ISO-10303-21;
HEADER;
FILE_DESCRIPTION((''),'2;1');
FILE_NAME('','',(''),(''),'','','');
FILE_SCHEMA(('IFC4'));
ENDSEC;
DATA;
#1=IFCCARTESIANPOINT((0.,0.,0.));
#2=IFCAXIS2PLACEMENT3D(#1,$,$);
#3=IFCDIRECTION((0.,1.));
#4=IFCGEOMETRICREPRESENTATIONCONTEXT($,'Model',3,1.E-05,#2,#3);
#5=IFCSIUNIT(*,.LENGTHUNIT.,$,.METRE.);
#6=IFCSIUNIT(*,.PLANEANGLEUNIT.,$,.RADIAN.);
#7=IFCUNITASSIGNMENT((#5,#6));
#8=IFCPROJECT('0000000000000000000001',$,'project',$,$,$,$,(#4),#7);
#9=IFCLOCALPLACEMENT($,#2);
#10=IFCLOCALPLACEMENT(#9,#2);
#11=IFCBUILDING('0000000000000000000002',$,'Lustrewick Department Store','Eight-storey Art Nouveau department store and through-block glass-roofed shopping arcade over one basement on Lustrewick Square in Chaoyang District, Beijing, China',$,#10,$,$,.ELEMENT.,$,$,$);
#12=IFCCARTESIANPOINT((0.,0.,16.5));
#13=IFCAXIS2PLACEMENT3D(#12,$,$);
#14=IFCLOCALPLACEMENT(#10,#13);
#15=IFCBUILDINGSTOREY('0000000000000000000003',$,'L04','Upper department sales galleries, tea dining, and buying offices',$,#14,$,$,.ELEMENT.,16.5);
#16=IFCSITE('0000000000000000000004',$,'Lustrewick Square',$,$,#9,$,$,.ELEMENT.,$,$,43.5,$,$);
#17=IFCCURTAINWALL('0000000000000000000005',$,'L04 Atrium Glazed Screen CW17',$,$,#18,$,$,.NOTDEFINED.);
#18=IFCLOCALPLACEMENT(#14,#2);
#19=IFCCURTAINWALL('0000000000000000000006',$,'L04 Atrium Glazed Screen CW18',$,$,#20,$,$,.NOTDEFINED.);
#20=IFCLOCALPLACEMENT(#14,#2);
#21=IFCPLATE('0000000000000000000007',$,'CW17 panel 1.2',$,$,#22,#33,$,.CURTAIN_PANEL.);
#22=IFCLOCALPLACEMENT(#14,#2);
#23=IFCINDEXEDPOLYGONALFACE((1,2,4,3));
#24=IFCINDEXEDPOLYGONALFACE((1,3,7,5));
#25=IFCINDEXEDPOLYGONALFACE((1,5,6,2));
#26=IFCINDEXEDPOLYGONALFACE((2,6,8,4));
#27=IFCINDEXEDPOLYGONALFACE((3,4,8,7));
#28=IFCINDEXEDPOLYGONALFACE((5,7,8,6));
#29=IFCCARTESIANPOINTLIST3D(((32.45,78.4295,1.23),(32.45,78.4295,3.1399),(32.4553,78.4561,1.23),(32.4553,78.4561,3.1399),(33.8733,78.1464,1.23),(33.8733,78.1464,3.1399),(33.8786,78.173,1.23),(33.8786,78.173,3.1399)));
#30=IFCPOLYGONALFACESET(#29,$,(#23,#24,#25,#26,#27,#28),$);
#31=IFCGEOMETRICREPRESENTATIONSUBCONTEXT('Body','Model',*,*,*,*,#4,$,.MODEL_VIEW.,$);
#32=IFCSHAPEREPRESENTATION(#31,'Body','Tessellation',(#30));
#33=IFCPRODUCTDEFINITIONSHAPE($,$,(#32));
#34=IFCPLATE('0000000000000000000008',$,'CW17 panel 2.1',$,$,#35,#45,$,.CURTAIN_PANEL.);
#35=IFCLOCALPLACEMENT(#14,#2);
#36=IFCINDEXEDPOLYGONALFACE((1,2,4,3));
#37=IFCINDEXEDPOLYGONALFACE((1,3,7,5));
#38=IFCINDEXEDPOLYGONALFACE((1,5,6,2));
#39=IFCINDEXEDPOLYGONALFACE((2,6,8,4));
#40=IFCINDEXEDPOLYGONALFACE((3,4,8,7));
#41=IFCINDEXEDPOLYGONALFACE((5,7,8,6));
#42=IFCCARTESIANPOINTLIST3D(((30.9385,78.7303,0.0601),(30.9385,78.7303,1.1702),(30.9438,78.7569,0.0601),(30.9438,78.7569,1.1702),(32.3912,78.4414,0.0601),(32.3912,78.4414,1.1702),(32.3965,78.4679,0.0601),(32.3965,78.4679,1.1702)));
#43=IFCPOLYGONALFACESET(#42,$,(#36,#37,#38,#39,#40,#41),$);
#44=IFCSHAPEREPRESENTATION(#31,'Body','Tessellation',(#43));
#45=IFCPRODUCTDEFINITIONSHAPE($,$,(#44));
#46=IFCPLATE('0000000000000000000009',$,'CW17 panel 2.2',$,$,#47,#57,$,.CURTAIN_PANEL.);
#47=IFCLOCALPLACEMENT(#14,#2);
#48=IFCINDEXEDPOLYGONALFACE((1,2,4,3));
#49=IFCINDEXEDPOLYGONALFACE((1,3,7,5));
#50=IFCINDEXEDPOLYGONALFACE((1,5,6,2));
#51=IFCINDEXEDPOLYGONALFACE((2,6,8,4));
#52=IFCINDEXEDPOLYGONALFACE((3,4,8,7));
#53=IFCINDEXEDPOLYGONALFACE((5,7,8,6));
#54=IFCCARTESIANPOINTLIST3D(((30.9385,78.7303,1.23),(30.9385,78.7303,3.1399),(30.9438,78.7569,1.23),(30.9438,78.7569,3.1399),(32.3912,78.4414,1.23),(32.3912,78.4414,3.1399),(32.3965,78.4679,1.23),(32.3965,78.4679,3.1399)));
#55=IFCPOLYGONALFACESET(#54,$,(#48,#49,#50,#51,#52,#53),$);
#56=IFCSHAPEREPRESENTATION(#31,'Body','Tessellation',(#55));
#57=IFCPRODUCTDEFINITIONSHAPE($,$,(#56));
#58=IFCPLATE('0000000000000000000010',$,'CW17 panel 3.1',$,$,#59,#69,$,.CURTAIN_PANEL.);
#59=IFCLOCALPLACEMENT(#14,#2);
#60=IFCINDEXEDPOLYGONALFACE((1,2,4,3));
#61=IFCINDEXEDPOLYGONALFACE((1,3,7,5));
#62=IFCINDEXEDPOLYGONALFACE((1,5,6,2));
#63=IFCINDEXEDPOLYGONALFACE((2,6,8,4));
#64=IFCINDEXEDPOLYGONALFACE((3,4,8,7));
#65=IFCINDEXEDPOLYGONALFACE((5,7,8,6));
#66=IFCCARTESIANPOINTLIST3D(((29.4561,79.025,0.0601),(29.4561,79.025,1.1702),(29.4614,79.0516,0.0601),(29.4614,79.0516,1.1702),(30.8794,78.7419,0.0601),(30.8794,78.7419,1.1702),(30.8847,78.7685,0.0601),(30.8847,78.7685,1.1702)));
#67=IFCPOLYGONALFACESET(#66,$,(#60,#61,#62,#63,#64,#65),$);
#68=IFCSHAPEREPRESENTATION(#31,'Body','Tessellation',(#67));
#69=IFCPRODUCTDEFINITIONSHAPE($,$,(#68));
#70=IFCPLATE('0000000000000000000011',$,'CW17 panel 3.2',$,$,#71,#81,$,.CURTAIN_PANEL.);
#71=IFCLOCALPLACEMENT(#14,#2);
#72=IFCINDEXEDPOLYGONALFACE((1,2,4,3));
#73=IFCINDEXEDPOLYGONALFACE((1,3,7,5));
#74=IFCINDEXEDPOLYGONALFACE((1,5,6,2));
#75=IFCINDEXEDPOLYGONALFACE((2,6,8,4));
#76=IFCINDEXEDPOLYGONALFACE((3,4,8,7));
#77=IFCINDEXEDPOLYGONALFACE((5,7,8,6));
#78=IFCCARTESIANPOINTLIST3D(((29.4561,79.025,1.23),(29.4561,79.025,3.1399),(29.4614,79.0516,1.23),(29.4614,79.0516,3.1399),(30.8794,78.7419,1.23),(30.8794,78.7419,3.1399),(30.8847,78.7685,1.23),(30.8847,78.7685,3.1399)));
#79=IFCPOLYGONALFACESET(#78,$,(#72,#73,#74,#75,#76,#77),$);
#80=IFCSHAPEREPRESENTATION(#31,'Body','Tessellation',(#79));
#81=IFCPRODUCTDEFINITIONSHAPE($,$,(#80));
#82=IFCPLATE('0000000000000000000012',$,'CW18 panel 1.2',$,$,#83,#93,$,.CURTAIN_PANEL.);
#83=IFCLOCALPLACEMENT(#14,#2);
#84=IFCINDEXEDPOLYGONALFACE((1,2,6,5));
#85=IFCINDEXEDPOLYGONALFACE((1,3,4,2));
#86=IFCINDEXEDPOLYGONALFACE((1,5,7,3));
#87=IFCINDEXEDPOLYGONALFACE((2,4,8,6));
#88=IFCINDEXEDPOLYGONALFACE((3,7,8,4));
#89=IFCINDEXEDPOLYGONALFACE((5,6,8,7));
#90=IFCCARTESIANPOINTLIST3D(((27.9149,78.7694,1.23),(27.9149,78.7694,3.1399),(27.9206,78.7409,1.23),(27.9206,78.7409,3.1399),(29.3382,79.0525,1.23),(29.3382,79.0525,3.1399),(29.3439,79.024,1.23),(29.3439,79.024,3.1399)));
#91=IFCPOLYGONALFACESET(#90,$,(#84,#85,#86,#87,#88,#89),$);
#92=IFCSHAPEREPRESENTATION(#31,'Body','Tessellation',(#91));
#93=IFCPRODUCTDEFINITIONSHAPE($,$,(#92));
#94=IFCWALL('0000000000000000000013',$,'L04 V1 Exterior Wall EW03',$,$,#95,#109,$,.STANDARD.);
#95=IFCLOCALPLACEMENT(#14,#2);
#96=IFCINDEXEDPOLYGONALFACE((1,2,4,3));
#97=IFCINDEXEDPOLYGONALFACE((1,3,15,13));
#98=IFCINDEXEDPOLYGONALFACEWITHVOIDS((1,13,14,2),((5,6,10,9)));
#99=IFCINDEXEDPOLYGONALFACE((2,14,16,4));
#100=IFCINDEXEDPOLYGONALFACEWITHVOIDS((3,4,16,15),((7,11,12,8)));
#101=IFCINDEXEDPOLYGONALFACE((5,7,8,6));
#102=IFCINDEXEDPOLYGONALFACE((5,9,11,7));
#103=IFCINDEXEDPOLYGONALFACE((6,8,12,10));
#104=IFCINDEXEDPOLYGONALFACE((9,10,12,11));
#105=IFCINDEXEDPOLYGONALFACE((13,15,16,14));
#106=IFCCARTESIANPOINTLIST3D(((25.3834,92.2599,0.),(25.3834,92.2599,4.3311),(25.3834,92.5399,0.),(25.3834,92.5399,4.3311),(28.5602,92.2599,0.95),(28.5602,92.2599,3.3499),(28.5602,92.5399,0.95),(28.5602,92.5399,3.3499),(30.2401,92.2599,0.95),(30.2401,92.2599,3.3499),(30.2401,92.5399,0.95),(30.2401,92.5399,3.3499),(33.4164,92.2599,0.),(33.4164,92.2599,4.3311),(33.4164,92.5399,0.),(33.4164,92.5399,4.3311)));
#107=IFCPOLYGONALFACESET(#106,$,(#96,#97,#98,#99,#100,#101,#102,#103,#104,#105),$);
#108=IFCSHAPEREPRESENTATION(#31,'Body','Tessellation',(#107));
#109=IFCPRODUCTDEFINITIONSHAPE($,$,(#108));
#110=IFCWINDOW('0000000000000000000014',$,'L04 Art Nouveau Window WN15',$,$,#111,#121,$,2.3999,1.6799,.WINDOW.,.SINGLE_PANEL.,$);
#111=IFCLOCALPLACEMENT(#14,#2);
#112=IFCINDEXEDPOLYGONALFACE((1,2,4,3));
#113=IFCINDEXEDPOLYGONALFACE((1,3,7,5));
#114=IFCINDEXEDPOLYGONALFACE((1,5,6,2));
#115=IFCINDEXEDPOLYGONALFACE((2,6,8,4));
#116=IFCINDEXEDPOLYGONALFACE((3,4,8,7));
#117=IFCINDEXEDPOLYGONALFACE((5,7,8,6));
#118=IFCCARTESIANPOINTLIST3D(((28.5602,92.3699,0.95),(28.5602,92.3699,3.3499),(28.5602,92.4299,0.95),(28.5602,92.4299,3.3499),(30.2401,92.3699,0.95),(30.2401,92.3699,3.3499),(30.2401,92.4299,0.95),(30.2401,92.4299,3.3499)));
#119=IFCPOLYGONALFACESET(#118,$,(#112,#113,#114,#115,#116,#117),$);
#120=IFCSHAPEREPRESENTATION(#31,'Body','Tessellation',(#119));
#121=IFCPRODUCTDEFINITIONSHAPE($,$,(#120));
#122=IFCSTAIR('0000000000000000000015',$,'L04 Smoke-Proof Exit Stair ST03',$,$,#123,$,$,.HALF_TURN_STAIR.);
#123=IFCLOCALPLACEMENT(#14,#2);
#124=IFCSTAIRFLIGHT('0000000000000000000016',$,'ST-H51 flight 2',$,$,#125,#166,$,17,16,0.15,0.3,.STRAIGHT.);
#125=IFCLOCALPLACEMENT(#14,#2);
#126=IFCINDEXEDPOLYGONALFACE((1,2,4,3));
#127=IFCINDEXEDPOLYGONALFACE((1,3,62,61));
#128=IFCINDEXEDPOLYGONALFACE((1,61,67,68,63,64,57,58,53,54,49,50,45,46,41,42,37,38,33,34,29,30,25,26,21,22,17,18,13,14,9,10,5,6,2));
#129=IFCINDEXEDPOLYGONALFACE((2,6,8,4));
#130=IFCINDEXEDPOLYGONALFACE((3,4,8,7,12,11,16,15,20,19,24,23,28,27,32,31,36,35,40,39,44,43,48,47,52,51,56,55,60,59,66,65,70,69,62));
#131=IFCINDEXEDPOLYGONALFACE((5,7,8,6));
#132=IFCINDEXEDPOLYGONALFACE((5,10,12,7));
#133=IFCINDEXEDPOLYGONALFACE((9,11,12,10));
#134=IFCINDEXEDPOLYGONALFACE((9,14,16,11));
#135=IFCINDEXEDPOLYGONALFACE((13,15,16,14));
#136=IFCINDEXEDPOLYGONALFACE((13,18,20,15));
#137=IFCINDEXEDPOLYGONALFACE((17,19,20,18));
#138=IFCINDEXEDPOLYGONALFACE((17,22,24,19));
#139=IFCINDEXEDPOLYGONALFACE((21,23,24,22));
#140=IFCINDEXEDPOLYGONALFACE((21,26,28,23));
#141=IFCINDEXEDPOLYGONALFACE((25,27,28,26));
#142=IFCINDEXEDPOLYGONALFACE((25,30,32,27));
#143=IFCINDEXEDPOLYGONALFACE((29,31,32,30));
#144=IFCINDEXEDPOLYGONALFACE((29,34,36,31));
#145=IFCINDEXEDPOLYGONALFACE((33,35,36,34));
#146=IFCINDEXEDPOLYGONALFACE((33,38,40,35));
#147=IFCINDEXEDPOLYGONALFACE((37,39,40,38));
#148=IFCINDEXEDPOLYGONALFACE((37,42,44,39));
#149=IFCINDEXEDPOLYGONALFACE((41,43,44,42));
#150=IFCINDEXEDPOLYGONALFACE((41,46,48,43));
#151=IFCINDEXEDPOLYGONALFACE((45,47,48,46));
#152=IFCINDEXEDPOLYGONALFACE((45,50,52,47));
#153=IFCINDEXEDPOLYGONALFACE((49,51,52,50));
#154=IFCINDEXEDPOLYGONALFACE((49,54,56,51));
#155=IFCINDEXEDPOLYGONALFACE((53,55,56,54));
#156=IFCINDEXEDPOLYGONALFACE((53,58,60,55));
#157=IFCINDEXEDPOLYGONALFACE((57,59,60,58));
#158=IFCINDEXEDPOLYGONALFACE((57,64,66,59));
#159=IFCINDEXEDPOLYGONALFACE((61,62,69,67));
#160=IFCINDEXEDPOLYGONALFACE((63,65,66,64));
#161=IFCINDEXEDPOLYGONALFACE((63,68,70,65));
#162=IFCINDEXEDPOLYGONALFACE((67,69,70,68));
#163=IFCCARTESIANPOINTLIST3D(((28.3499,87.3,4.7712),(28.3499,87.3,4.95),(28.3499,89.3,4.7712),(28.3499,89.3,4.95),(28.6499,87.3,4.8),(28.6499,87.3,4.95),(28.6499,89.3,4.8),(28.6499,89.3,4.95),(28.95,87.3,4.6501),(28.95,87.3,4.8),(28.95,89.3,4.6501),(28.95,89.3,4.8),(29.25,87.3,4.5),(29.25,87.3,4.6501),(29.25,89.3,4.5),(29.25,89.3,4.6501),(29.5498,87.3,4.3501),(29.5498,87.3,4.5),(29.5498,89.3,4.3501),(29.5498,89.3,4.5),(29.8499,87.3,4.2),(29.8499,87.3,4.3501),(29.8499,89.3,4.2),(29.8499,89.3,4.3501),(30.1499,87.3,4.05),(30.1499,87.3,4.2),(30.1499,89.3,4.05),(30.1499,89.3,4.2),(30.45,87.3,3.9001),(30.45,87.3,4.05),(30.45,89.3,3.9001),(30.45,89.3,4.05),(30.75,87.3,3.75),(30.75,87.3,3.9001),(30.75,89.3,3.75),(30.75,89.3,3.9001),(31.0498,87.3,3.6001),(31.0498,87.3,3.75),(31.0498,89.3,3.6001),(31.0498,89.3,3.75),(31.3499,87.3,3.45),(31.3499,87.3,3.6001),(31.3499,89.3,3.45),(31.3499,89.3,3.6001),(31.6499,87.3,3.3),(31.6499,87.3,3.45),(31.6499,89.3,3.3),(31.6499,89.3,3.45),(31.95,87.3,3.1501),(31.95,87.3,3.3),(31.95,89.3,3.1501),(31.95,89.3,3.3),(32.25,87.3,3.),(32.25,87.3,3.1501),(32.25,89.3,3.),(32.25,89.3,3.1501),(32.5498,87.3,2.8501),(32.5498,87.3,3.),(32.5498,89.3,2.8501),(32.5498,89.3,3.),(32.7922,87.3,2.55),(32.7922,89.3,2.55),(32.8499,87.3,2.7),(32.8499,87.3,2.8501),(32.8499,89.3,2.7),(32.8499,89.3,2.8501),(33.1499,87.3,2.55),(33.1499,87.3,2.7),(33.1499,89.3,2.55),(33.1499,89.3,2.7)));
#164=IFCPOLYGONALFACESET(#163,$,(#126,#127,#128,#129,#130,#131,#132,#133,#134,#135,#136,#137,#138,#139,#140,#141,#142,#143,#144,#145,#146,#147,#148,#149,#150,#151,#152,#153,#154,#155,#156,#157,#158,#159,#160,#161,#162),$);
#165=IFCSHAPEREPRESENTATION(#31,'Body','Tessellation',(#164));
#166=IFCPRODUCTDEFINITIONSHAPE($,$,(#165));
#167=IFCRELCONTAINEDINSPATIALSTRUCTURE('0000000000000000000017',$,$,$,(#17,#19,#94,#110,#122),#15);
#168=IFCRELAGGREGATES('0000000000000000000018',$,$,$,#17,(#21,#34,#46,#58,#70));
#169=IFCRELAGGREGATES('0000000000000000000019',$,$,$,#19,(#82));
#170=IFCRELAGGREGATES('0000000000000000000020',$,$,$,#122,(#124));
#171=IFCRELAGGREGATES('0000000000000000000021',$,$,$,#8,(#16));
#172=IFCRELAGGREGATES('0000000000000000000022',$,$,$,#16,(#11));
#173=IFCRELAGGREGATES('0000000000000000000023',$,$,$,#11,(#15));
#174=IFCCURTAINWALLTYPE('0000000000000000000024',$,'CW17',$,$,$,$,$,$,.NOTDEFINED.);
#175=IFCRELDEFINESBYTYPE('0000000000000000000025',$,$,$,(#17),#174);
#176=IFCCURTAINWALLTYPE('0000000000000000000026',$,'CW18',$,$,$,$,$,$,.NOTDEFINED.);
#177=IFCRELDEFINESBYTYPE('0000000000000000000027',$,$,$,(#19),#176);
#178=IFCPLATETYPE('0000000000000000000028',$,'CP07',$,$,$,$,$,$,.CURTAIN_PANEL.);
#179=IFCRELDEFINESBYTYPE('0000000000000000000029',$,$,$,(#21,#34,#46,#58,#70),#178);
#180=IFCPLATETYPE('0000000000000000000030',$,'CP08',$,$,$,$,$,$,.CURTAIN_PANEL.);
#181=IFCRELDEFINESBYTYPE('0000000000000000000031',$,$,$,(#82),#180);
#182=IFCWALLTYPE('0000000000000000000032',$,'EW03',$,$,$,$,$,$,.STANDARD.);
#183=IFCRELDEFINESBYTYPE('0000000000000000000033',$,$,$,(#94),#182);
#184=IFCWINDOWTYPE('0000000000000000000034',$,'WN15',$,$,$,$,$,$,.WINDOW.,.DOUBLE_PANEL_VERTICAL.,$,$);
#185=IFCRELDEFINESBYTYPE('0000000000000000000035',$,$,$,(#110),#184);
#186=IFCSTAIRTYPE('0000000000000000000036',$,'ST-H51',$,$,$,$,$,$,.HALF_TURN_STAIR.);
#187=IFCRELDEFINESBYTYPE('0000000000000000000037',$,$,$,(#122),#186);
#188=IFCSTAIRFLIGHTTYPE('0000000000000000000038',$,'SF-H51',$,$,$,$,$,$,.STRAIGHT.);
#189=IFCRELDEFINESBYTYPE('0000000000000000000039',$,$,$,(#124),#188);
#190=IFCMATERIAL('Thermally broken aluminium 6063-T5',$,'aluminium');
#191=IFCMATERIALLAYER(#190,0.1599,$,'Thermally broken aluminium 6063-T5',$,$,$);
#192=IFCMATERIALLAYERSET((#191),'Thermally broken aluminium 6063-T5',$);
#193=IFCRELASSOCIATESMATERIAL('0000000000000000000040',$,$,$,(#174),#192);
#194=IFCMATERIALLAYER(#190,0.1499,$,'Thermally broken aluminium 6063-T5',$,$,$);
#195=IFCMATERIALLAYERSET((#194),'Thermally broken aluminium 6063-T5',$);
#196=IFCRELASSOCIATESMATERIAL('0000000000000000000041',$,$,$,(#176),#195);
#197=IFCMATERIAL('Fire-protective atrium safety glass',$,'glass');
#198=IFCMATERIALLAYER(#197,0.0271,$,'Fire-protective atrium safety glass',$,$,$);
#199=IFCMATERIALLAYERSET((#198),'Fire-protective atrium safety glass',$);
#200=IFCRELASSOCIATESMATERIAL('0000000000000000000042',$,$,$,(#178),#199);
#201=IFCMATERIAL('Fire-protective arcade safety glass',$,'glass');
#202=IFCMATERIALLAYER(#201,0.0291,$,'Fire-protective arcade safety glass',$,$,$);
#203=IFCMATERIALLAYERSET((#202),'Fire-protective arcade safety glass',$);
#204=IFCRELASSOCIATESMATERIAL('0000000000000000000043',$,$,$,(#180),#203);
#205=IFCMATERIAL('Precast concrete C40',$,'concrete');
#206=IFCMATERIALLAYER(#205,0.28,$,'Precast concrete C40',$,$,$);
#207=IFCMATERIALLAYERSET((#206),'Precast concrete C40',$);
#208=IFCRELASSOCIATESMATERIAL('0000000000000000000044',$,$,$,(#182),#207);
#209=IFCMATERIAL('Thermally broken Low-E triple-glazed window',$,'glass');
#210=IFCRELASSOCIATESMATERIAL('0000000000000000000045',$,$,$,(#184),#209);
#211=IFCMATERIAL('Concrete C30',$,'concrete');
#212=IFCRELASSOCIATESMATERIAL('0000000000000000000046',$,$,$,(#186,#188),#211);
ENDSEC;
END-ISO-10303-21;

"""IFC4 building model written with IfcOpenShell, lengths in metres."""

from ifc_helpers import new_model, si_unit, direction, frame, frame_2d, origin, origin_2d, place, context, subcontext, project, spatial, polyline, rectangle, outline, extrude, material, layer, layer_set, type_object, element, fill, aggregate, save


model = new_model("IFC4")

# Units and contexts
model_context = context("Model", 3, precision=1e-05, world=origin(), true_north=direction((0.0, 1.0)))
body_context = subcontext(model_context, "Body", "Model", "MODEL_VIEW")
ifc_project = project(units=[si_unit("LENGTHUNIT", "METRE"), si_unit("PLANEANGLEUNIT", "RADIAN")], contexts=[model_context])

# Site, building, storey
site_placement = place(None, origin())
site = spatial("IfcSite", under=ifc_project, at=site_placement, Name="Lustrewick Square", CompositionType="ELEMENT", RefElevation=43.5)
building_placement = place(site_placement, origin())
building = spatial("IfcBuilding", under=site, at=building_placement, Name="Lustrewick Department Store", Description="Eight-storey Art Nouveau department store and through-block glass-roofed shopping arcade over one basement on Lustrewick Square in Chaoyang District, Beijing, China", CompositionType="ELEMENT")
storey_placement = place(building_placement, frame((0.0, 0.0, 16.5)))
storey = spatial("IfcBuildingStorey", under=building, at=storey_placement, Name="L04", Description="Upper department sales galleries, tea dining, and buying offices", CompositionType="ELEMENT", Elevation=16.5)

# Curtain walls
ifc_material_1 = material(Name="Thermally broken aluminium 6063-T5", Category="aluminium")
ifc_layer_1 = layer(ifc_material_1, 0.1599, Name="Thermally broken aluminium 6063-T5")
ifc_layer_set_1 = layer_set([ifc_layer_1], Name="Thermally broken aluminium 6063-T5")
curtain_wall_type_1 = type_object("IfcCurtainWallType", Name="CW17", PredefinedType="NOTDEFINED", material=ifc_layer_set_1)
curtain_wall_1_placement = place(storey_placement, origin())
curtain_wall_1 = element("IfcCurtainWall", 1, at=curtain_wall_1_placement, inside=storey, type_object=curtain_wall_type_1, Name="L04 Atrium Glazed Screen CW17", PredefinedType="NOTDEFINED")
ifc_layer_2 = layer(ifc_material_1, 0.1499, Name="Thermally broken aluminium 6063-T5")
ifc_layer_set_2 = layer_set([ifc_layer_2], Name="Thermally broken aluminium 6063-T5")
curtain_wall_type_2 = type_object("IfcCurtainWallType", Name="CW18", PredefinedType="NOTDEFINED", material=ifc_layer_set_2)
curtain_wall_2_placement = place(storey_placement, origin())
curtain_wall_2 = element("IfcCurtainWall", 2, at=curtain_wall_2_placement, inside=storey, type_object=curtain_wall_type_2, Name="L04 Atrium Glazed Screen CW18", PredefinedType="NOTDEFINED")

# Plates
ifc_material_2 = material(Name="Fire-protective atrium safety glass", Category="glass")
ifc_layer_3 = layer(ifc_material_2, 0.0271, Name="Fire-protective atrium safety glass")
ifc_layer_set_3 = layer_set([ifc_layer_3], Name="Fire-protective atrium safety glass")
plate_type_1 = type_object("IfcPlateType", Name="CP07", PredefinedType="CURTAIN_PANEL", material=ifc_layer_set_3)
plate_1_placement = place(storey_placement, frame((33.1643, 78.3013, 1.23), z_axis=(0.0, 0.0, 1.0), x_axis=(-0.980786, 0.195085, 0.0)))
plate_1 = element("IfcPlate", 3, at=plate_1_placement, type_object=plate_type_1, Name="CW17 panel 1.2", PredefinedType="CURTAIN_PANEL", context=body_context, shape_type="SweptSolid", body=[
    extrude(rectangle(XDim=1.4512, YDim=0.0271, at=origin_2d()), origin(), (0.0, 0.0, 1.0), 1.9099),
])
plate_2_placement = place(storey_placement, frame((31.6675, 78.5991, 0.0601), z_axis=(0.0, 0.0, 1.0), x_axis=(-0.980786, 0.195085, 0.0)))
plate_2 = element("IfcPlate", 4, at=plate_2_placement, type_object=plate_type_1, Name="CW17 panel 2.1", PredefinedType="CURTAIN_PANEL", context=body_context, shape_type="SweptSolid", body=[
    extrude(rectangle(XDim=1.4812, YDim=0.0271, at=origin_2d()), origin(), (0.0, 0.0, 1.0), 1.1101),
])
plate_3_placement = place(storey_placement, frame((31.6675, 78.5991, 1.23), z_axis=(0.0, 0.0, 1.0), x_axis=(-0.980786, 0.195085, 0.0)))
plate_3 = element("IfcPlate", 5, at=plate_3_placement, type_object=plate_type_1, Name="CW17 panel 2.2", PredefinedType="CURTAIN_PANEL", context=body_context, shape_type="SweptSolid", body=[
    extrude(rectangle(XDim=1.4812, YDim=0.0271, at=origin_2d()), origin(), (0.0, 0.0, 1.0), 1.9099),
])
plate_4_placement = place(storey_placement, frame((30.1704, 78.8967, 0.0601), z_axis=(0.0, 0.0, 1.0), x_axis=(-0.980786, 0.195085, 0.0)))
plate_4 = element("IfcPlate", 6, at=plate_4_placement, type_object=plate_type_1, Name="CW17 panel 3.1", PredefinedType="CURTAIN_PANEL", context=body_context, shape_type="SweptSolid", body=[
    extrude(rectangle(XDim=1.4512, YDim=0.0271, at=origin_2d()), origin(), (0.0, 0.0, 1.0), 1.1101),
])
plate_5_placement = place(storey_placement, frame((30.1704, 78.8967, 1.23), z_axis=(0.0, 0.0, 1.0), x_axis=(-0.980786, 0.195085, 0.0)))
plate_5 = element("IfcPlate", 7, at=plate_5_placement, type_object=plate_type_1, Name="CW17 panel 3.2", PredefinedType="CURTAIN_PANEL", context=body_context, shape_type="SweptSolid", body=[
    extrude(rectangle(XDim=1.4512, YDim=0.0271, at=origin_2d()), origin(), (0.0, 0.0, 1.0), 1.9099),
])
aggregate(curtain_wall_1, [plate_1, plate_2, plate_3, plate_4, plate_5])
ifc_material_3 = material(Name="Fire-protective arcade safety glass", Category="glass")
ifc_layer_4 = layer(ifc_material_3, 0.0291, Name="Fire-protective arcade safety glass")
ifc_layer_set_4 = layer_set([ifc_layer_4], Name="Fire-protective arcade safety glass")
plate_type_2 = type_object("IfcPlateType", Name="CP08", PredefinedType="CURTAIN_PANEL", material=ifc_layer_set_4)
plate_6_placement = place(storey_placement, frame((28.6294, 78.8967, 1.23), z_axis=(0.0, 0.0, 1.0), x_axis=(-0.980786, -0.195085, 0.0)))
plate_6 = element("IfcPlate", 8, at=plate_6_placement, type_object=plate_type_2, Name="CW18 panel 1.2", PredefinedType="CURTAIN_PANEL", context=body_context, shape_type="SweptSolid", body=[
    extrude(rectangle(XDim=1.4512, YDim=0.0291, at=origin_2d()), origin(), (0.0, 0.0, 1.0), 1.9099),
])
aggregate(curtain_wall_2, [plate_6])

# Wall, opening, window
ifc_material_4 = material(Name="Precast concrete C40", Category="concrete")
ifc_layer_5 = layer(ifc_material_4, 0.28, Name="Precast concrete C40")
ifc_layer_set_5 = layer_set([ifc_layer_5], Name="Precast concrete C40")
wall_type = type_object("IfcWallType", Name="EW03", PredefinedType="STANDARD", material=ifc_layer_set_5)
wall_placement = place(storey_placement, frame((33.4165, 92.3999, 0.0), z_axis=(0.0, 0.0, 1.0), x_axis=(-1.0, 0.0, 0.0)))
wall = element("IfcWall", 9, at=wall_placement, inside=storey, type_object=wall_type, Name="L04 V1 Exterior Wall EW03", PredefinedType="STANDARD", context=body_context, shape_type="SweptSolid", body=[
    extrude(rectangle(XDim=8.033, YDim=0.28, at=frame_2d((4.0166, 0.0))), origin(), (0.0, 0.0, 1.0), 4.3311),
])
opening_placement = place(wall_placement, frame((3.1765, 0.0, 0.95)))
opening = element("IfcOpeningElement", 10, at=opening_placement, cuts=wall, PredefinedType="OPENING", context=body_context, shape_type="SweptSolid", body=[
    extrude(rectangle(XDim=1.6799, YDim=2.3999, at=frame_2d((0.8398, 1.2))), frame((0.0, 0.1499, 0.0), z_axis=(0.0, -1.0, 0.0), x_axis=(1.0, 0.0, 0.0)), (0.0, 0.0, 1.0), 0.3),
])
ifc_material_5 = material(Name="Thermally broken Low-E triple-glazed window", Category="glass")
window_type = type_object("IfcWindowType", Name="WN15", PartitioningType="DOUBLE_PANEL_VERTICAL", PredefinedType="WINDOW", material=ifc_material_5)
window_placement = place(opening_placement, origin())
window = element("IfcWindow", 11, at=window_placement, inside=storey, type_object=window_type, Name="L04 Art Nouveau Window WN15", OverallHeight=2.3999, OverallWidth=1.6799, PartitioningType="SINGLE_PANEL", PredefinedType="WINDOW", context=body_context, shape_type="SweptSolid", body=[
    extrude(rectangle(XDim=1.6799, YDim=2.3999, at=frame_2d((0.8398, 1.2))), frame((0.0, 0.03, 0.0), z_axis=(0.0, -1.0, 0.0), x_axis=(1.0, 0.0, 0.0)), (0.0, 0.0, 1.0), 0.0601),
])
fill(opening, window)

# Stair, stair flight
ifc_material_6 = material(Name="Concrete C30", Category="concrete")
stair_type = type_object("IfcStairType", Name="ST-H51", PredefinedType="HALF_TURN_STAIR", material=ifc_material_6)
stair_placement = place(storey_placement, origin())
stair = element("IfcStair", 12, at=stair_placement, inside=storey, type_object=stair_type, Name="L04 Smoke-Proof Exit Stair ST03", PredefinedType="HALF_TURN_STAIR")
stair_flight_type = type_object("IfcStairFlightType", Name="SF-H51", PredefinedType="STRAIGHT", material=ifc_material_6)
stair_flight_placement = place(storey_placement, frame((33.1499, 88.3, 2.55), z_axis=(0.0, 0.0, 1.0), x_axis=(-1.0, 0.0, 0.0)))
stair_flight = element("IfcStairFlight", 13, at=stair_flight_placement, type_object=stair_flight_type, Name="ST-H51 flight 2", NumberOfRisers=17, NumberOfTreads=16, PredefinedType="STRAIGHT", RiserHeight=0.15, TreadLength=0.3, context=body_context, shape_type="SweptSolid", body=[
    extrude(outline(polyline([(0.0, 0.0), (0.0, 0.1499), (0.3, 0.1499), (0.3, 0.3), (0.6001, 0.3), (0.6001, 0.45), (0.8999, 0.45), (0.8999, 0.6001), (1.2, 0.6001), (1.2, 0.75), (1.5, 0.75), (1.5, 0.8999), (1.8, 0.8999), (1.8, 1.05), (2.1001, 1.05), (2.1001, 1.2), (2.3999, 1.2), (2.3999, 1.3501), (2.7, 1.3501), (2.7, 1.5), (3.0, 1.5), (3.0, 1.6499), (3.3, 1.6499), (3.3, 1.8), (3.6001, 1.8), (3.6001, 1.95), (3.8999, 1.95), (3.8999, 2.1001), (4.2, 2.1001), (4.2, 2.25), (4.5, 2.25), (4.5, 2.3999), (4.8, 2.3999), (4.8, 2.55), (4.8, 2.2212), (0.3577, 0.0), (0.0, 0.0)])), frame((0.0, 1.0, 0.0), z_axis=(0.0, -1.0, 0.0), x_axis=(1.0, 0.0, 0.0)), (0.0, 0.0, 1.0), 2.0),
])
aggregate(stair, [stair_flight])

save(model, "model.ifc")
